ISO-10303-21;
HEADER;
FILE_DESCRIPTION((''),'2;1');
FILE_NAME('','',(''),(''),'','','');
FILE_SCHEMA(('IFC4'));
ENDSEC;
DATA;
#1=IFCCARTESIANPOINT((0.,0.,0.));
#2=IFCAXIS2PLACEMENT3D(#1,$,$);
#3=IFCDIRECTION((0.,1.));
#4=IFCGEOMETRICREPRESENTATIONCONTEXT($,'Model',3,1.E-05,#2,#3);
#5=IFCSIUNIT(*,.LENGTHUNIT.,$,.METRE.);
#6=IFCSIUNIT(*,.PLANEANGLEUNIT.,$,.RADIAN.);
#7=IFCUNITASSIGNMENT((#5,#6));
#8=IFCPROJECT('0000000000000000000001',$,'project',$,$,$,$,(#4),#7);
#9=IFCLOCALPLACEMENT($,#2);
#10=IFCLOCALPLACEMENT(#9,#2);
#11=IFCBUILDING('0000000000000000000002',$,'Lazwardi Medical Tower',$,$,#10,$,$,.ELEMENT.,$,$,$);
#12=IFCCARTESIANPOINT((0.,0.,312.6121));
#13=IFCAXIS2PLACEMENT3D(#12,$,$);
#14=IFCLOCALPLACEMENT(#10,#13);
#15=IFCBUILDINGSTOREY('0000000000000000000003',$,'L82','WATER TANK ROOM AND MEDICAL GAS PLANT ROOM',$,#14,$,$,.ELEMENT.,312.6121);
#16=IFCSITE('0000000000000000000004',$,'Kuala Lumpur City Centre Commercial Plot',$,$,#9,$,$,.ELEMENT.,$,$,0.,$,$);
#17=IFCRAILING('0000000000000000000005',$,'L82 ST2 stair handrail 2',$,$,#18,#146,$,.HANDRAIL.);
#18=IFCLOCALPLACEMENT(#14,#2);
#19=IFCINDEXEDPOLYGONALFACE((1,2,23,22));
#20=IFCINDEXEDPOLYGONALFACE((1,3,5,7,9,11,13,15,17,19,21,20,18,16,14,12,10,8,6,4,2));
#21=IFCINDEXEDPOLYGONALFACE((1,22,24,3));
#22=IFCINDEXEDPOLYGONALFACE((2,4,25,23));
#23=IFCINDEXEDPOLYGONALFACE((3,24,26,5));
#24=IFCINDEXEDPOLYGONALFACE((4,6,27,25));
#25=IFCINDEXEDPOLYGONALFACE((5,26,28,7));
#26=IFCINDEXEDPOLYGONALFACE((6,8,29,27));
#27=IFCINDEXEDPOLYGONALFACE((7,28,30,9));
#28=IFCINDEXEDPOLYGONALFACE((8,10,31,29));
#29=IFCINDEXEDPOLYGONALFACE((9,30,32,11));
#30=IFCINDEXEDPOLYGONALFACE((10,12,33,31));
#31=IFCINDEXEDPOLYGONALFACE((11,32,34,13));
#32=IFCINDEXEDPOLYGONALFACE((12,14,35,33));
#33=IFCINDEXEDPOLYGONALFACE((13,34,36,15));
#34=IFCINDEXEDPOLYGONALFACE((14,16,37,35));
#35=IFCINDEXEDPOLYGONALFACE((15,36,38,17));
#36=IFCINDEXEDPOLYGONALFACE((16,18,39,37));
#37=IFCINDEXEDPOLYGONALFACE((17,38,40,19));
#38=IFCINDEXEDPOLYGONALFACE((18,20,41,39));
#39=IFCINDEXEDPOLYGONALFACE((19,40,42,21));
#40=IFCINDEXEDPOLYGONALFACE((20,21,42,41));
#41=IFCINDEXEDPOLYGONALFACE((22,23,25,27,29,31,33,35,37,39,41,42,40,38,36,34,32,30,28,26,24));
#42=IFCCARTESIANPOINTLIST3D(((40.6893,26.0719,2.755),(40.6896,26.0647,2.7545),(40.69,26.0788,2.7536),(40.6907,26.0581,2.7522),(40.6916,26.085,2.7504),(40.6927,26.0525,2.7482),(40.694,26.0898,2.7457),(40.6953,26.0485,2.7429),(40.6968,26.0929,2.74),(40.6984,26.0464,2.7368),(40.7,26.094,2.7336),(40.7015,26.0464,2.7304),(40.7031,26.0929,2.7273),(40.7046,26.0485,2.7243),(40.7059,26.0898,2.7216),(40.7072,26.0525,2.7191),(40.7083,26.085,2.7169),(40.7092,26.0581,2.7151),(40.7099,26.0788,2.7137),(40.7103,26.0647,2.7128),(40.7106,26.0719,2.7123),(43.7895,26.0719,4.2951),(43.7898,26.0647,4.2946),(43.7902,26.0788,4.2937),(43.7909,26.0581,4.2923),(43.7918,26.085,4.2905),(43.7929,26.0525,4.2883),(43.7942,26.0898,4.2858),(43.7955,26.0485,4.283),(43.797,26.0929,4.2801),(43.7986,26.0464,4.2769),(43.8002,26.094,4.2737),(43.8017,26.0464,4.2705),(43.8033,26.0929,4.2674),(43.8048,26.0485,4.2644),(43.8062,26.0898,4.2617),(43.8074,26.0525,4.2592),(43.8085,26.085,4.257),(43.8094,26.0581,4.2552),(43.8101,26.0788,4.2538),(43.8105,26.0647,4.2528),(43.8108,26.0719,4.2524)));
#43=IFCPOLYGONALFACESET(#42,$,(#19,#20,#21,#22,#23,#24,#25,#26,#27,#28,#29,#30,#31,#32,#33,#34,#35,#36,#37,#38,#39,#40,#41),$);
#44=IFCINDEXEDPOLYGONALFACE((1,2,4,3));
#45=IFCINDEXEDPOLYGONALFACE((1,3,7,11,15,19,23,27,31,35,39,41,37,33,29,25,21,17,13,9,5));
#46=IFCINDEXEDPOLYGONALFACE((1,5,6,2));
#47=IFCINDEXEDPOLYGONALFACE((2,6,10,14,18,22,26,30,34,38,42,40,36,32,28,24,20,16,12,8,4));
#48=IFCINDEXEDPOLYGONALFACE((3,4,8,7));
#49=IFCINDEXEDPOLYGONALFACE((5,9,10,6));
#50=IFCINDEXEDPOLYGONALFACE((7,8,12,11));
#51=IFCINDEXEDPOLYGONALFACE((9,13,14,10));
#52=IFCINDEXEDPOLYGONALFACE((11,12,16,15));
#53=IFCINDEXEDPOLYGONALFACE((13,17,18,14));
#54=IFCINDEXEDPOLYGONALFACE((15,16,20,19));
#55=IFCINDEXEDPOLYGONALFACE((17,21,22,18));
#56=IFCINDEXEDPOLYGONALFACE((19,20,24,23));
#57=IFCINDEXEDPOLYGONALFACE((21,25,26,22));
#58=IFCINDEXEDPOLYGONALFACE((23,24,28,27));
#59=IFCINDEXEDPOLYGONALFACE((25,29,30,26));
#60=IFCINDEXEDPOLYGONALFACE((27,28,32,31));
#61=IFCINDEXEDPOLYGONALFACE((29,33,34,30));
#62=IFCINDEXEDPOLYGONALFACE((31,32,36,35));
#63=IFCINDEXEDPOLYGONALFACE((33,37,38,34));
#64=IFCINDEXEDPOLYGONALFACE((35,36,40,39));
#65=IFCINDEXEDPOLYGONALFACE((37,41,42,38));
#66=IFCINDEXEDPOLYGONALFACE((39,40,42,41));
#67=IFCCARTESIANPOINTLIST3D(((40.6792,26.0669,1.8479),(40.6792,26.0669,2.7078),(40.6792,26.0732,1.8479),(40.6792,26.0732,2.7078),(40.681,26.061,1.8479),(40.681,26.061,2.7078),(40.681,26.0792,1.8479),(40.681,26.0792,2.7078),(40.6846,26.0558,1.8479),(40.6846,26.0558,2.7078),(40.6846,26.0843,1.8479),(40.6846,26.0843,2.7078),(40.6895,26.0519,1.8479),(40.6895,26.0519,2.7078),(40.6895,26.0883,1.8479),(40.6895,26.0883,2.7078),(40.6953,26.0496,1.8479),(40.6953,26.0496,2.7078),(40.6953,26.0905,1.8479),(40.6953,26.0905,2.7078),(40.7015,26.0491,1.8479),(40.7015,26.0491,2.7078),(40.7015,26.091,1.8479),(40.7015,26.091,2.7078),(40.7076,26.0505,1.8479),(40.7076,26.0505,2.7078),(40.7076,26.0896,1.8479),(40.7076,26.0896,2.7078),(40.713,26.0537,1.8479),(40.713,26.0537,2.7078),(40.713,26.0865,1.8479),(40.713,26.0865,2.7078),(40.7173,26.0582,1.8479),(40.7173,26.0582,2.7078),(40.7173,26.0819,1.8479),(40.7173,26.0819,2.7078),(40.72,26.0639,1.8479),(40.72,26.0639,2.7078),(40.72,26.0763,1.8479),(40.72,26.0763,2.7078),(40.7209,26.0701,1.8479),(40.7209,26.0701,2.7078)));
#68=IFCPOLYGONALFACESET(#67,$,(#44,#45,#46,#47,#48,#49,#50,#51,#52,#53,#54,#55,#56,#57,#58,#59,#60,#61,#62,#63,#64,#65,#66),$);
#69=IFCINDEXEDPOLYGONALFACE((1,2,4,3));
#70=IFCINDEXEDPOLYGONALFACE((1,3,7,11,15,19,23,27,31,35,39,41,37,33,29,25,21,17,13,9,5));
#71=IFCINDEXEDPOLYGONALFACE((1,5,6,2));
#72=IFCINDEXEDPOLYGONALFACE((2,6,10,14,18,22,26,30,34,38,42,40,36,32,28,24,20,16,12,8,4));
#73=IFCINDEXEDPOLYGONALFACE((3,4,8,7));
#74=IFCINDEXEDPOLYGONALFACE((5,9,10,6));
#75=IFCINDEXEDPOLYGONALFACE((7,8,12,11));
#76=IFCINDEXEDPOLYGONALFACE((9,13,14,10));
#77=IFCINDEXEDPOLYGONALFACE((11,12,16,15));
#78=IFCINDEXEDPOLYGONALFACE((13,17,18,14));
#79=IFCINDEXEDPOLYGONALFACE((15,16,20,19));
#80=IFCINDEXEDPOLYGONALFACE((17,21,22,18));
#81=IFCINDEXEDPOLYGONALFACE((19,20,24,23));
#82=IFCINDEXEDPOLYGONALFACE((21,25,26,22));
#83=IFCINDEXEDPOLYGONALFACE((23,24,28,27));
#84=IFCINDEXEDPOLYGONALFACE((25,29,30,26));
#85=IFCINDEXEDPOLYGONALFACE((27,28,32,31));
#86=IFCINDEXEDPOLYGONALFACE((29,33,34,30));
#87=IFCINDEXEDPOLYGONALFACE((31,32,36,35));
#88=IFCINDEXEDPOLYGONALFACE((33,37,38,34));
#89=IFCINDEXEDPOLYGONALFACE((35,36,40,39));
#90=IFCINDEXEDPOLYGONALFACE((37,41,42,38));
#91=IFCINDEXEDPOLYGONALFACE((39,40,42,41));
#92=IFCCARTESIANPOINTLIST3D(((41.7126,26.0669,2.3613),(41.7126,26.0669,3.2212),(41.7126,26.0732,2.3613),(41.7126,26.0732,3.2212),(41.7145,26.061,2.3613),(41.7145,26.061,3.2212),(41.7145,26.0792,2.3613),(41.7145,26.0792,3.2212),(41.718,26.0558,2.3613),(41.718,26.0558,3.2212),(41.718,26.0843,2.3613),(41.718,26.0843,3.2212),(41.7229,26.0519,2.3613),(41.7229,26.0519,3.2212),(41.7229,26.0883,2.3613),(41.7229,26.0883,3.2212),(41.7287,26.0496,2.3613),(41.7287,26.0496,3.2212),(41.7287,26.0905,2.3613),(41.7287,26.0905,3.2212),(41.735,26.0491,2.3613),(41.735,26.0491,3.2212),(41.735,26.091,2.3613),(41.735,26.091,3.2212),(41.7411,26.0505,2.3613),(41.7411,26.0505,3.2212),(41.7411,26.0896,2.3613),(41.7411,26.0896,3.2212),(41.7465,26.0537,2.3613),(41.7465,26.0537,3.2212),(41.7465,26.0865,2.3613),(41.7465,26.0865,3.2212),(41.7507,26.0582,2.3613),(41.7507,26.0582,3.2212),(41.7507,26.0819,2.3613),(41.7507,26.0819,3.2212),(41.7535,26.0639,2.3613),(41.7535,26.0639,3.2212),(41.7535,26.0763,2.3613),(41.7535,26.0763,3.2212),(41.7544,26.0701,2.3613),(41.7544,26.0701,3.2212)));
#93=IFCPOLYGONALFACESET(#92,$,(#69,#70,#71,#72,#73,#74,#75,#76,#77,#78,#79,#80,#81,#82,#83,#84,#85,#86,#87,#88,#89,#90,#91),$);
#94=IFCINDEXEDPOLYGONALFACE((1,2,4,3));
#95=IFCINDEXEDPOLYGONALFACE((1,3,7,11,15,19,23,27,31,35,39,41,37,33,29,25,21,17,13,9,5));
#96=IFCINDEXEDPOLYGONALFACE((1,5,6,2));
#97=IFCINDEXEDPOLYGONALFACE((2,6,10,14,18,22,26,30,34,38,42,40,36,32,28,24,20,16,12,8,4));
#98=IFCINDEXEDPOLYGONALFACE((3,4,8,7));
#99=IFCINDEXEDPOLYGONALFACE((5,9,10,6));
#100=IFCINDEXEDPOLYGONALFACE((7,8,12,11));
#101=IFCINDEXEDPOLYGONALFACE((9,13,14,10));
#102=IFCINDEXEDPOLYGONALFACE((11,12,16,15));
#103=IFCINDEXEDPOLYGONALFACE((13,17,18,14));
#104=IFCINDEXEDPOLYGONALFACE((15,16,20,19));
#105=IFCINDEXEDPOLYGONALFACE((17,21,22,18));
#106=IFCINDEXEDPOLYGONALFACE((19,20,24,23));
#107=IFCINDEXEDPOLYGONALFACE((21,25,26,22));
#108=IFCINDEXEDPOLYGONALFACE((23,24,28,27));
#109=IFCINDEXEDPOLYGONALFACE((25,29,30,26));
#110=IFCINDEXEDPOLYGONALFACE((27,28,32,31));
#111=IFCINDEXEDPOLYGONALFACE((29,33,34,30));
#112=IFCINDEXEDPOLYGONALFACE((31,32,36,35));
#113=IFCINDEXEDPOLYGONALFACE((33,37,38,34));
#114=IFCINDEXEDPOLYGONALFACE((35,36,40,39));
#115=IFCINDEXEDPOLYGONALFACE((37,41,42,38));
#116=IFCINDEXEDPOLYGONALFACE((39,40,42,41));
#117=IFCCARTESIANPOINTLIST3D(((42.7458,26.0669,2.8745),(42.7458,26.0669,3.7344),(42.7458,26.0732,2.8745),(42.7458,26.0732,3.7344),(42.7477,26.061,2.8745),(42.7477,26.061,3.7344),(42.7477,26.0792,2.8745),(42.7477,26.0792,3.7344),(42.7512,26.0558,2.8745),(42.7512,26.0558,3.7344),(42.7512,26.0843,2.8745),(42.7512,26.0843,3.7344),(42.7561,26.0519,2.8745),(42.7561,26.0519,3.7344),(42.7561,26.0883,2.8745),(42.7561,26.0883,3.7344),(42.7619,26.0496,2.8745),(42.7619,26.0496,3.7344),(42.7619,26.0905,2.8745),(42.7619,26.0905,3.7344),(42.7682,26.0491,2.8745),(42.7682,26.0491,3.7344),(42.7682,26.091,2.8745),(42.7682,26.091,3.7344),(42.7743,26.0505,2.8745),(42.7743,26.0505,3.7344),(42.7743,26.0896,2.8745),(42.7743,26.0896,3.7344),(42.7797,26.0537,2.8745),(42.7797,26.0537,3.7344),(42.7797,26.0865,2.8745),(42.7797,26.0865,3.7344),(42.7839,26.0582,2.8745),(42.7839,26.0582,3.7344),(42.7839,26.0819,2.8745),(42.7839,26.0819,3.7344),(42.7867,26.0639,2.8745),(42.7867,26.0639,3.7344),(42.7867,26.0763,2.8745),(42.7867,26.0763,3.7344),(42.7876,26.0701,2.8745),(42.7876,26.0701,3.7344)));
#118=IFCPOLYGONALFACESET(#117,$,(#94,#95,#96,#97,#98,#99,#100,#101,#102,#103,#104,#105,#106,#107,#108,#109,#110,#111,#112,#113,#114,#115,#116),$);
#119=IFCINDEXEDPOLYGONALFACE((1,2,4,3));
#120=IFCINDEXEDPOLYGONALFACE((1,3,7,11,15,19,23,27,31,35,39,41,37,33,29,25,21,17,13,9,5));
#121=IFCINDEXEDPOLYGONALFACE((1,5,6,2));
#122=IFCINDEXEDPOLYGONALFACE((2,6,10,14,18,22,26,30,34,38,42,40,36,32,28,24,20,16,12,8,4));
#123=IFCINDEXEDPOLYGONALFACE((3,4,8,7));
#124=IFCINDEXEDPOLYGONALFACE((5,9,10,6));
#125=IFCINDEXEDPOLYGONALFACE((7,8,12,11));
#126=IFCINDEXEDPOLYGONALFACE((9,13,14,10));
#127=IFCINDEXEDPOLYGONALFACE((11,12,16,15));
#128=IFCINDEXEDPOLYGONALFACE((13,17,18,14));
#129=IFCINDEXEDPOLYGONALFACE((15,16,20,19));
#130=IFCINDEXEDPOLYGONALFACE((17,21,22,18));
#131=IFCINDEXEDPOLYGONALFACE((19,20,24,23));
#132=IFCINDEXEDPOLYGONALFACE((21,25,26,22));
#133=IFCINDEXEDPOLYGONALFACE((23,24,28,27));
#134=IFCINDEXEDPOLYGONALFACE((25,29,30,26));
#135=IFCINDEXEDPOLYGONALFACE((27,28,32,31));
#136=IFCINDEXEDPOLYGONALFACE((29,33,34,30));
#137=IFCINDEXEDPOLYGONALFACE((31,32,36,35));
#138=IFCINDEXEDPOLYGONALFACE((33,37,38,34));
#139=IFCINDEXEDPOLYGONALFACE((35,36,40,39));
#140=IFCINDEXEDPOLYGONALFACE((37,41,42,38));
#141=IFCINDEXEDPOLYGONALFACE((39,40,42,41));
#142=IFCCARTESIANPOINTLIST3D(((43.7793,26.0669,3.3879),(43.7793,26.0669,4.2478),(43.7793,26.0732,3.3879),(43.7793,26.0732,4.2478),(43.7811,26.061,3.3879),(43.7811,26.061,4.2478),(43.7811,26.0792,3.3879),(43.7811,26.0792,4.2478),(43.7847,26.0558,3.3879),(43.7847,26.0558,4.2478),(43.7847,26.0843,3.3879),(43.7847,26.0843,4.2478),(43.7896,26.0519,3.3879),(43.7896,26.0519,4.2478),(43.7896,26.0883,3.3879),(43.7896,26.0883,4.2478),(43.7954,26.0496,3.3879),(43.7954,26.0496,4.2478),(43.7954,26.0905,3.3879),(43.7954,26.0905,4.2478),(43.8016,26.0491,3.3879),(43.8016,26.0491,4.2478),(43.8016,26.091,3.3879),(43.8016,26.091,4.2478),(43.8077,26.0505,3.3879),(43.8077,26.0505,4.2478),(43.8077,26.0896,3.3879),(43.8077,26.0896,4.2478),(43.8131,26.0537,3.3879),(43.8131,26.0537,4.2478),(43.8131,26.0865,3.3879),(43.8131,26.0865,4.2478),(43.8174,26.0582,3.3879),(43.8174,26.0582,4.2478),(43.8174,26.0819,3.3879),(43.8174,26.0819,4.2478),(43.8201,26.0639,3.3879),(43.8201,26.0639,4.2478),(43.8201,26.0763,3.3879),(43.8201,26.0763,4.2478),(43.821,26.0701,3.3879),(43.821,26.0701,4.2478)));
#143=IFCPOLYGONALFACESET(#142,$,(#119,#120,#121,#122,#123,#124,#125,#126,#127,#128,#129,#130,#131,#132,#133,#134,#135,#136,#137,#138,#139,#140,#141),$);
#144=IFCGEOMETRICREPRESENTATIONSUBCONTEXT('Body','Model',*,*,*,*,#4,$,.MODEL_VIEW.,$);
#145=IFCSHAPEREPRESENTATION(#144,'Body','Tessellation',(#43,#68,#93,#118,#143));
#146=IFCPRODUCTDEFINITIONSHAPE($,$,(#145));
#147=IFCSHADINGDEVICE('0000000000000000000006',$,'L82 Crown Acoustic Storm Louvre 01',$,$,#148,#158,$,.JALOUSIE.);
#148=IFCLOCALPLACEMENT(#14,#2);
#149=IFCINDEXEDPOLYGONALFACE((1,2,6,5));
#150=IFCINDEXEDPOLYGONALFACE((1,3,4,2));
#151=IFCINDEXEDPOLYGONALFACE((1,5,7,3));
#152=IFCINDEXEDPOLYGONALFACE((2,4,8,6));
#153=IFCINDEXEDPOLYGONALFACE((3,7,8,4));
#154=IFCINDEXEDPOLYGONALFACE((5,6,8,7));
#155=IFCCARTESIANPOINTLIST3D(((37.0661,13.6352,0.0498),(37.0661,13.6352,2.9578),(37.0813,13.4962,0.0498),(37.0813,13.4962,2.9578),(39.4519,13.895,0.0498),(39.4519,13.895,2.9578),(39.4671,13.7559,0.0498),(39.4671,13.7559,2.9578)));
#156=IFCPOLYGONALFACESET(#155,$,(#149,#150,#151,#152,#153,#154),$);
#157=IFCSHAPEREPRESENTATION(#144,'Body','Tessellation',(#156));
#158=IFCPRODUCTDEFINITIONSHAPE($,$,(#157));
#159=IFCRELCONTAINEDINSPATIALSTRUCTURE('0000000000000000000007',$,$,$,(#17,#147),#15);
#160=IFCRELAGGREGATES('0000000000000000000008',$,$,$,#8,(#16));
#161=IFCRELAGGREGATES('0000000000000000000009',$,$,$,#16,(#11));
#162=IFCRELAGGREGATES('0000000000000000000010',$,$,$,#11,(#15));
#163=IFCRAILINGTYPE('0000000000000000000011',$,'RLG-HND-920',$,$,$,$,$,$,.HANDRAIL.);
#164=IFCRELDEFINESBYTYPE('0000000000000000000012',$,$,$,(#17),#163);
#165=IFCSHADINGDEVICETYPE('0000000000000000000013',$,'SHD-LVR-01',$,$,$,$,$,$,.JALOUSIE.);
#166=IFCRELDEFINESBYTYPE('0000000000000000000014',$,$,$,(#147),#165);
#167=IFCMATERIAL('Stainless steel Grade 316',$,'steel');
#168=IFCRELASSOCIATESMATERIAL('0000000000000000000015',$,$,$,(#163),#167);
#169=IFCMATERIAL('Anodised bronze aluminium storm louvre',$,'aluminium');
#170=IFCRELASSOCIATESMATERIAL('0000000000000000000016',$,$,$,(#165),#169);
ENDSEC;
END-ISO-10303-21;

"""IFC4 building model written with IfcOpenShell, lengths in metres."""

from ifc_helpers import new_model, si_unit, direction, frame, origin, origin_2d, place, context, subcontext, project, spatial, rectangle, circle, extrude, material, type_object, element, save


model = new_model("IFC4")

# Units and contexts
model_context = context("Model", 3, precision=1e-05, world=origin(), true_north=direction((0.0, 1.0)))
body_context = subcontext(model_context, "Body", "Model", "MODEL_VIEW")
ifc_project = project(units=[si_unit("LENGTHUNIT", "METRE"), si_unit("PLANEANGLEUNIT", "RADIAN")], contexts=[model_context])

# Site, building, storey
site_placement = place(None, origin())
site = spatial("IfcSite", under=ifc_project, at=site_placement, Name="Kuala Lumpur City Centre Commercial Plot", CompositionType="ELEMENT", RefElevation=0.0)
building_placement = place(site_placement, origin())
building = spatial("IfcBuilding", under=site, at=building_placement, Name="Lazwardi Medical Tower", CompositionType="ELEMENT")
storey_placement = place(building_placement, frame((0.0, 0.0, 312.6121)))
storey = spatial("IfcBuildingStorey", under=building, at=storey_placement, Name="L82", Description="WATER TANK ROOM AND MEDICAL GAS PLANT ROOM", CompositionType="ELEMENT", Elevation=312.6121)

# Railing
ifc_material_1 = material(Name="Stainless steel Grade 316", Category="steel")
railing_type_1 = type_object("IfcRailingType", Name="RLG-HND-920", PredefinedType="HANDRAIL", material=ifc_material_1)
railing_1_placement = place(storey_placement, frame((40.7, 26.0701, 1.8479)))
element("IfcRailing", 1, at=railing_1_placement, inside=storey, type_object=railing_type_1, Name="L82 ST2 stair handrail 2", PredefinedType="HANDRAIL", context=body_context, shape_type="SweptSolid", body=[
    extrude(circle(Radius=0.0239, at=origin_2d()), frame((0.0, 0.0, 0.8857), z_axis=(0.895581, 0.0, 0.444899), x_axis=(0.0, 1.0, 0.0)), (0.0, 0.0, 1.0), 3.4617),
    extrude(circle(Radius=0.021, at=origin_2d()), origin(), (0.0, 0.0, 1.0), 0.8599),
    extrude(circle(Radius=0.021, at=origin_2d()), frame((1.0334, 0.0, 0.5134)), (0.0, 0.0, 1.0), 0.8599),
    extrude(circle(Radius=0.021, at=origin_2d()), frame((2.0667, 0.0, 1.0266)), (0.0, 0.0, 1.0), 0.8599),
    extrude(circle(Radius=0.021, at=origin_2d()), frame((3.1001, 0.0, 1.54)), (0.0, 0.0, 1.0), 0.8599),
])

# Shading device
ifc_material_2 = material(Name="Anodised bronze aluminium storm louvre", Category="aluminium")
shading_device_type = type_object("IfcShadingDeviceType", Name="SHD-LVR-01", PredefinedType="JALOUSIE", material=ifc_material_2)
shading_device_placement = place(storey_placement, frame((38.2666, 13.6956, 0.0498), z_axis=(0.0, 0.0, 1.0), x_axis=(0.994126, 0.10823, 0.0)))
element("IfcShadingDevice", 2, at=shading_device_placement, inside=storey, type_object=shading_device_type, Name="L82 Crown Acoustic Storm Louvre 01", PredefinedType="JALOUSIE", context=body_context, shape_type="SweptSolid", body=[
    extrude(rectangle(XDim=2.3999, YDim=0.1399, at=origin_2d()), origin(), (0.0, 0.0, 1.0), 2.908),
])

save(model, "model.ifc")
